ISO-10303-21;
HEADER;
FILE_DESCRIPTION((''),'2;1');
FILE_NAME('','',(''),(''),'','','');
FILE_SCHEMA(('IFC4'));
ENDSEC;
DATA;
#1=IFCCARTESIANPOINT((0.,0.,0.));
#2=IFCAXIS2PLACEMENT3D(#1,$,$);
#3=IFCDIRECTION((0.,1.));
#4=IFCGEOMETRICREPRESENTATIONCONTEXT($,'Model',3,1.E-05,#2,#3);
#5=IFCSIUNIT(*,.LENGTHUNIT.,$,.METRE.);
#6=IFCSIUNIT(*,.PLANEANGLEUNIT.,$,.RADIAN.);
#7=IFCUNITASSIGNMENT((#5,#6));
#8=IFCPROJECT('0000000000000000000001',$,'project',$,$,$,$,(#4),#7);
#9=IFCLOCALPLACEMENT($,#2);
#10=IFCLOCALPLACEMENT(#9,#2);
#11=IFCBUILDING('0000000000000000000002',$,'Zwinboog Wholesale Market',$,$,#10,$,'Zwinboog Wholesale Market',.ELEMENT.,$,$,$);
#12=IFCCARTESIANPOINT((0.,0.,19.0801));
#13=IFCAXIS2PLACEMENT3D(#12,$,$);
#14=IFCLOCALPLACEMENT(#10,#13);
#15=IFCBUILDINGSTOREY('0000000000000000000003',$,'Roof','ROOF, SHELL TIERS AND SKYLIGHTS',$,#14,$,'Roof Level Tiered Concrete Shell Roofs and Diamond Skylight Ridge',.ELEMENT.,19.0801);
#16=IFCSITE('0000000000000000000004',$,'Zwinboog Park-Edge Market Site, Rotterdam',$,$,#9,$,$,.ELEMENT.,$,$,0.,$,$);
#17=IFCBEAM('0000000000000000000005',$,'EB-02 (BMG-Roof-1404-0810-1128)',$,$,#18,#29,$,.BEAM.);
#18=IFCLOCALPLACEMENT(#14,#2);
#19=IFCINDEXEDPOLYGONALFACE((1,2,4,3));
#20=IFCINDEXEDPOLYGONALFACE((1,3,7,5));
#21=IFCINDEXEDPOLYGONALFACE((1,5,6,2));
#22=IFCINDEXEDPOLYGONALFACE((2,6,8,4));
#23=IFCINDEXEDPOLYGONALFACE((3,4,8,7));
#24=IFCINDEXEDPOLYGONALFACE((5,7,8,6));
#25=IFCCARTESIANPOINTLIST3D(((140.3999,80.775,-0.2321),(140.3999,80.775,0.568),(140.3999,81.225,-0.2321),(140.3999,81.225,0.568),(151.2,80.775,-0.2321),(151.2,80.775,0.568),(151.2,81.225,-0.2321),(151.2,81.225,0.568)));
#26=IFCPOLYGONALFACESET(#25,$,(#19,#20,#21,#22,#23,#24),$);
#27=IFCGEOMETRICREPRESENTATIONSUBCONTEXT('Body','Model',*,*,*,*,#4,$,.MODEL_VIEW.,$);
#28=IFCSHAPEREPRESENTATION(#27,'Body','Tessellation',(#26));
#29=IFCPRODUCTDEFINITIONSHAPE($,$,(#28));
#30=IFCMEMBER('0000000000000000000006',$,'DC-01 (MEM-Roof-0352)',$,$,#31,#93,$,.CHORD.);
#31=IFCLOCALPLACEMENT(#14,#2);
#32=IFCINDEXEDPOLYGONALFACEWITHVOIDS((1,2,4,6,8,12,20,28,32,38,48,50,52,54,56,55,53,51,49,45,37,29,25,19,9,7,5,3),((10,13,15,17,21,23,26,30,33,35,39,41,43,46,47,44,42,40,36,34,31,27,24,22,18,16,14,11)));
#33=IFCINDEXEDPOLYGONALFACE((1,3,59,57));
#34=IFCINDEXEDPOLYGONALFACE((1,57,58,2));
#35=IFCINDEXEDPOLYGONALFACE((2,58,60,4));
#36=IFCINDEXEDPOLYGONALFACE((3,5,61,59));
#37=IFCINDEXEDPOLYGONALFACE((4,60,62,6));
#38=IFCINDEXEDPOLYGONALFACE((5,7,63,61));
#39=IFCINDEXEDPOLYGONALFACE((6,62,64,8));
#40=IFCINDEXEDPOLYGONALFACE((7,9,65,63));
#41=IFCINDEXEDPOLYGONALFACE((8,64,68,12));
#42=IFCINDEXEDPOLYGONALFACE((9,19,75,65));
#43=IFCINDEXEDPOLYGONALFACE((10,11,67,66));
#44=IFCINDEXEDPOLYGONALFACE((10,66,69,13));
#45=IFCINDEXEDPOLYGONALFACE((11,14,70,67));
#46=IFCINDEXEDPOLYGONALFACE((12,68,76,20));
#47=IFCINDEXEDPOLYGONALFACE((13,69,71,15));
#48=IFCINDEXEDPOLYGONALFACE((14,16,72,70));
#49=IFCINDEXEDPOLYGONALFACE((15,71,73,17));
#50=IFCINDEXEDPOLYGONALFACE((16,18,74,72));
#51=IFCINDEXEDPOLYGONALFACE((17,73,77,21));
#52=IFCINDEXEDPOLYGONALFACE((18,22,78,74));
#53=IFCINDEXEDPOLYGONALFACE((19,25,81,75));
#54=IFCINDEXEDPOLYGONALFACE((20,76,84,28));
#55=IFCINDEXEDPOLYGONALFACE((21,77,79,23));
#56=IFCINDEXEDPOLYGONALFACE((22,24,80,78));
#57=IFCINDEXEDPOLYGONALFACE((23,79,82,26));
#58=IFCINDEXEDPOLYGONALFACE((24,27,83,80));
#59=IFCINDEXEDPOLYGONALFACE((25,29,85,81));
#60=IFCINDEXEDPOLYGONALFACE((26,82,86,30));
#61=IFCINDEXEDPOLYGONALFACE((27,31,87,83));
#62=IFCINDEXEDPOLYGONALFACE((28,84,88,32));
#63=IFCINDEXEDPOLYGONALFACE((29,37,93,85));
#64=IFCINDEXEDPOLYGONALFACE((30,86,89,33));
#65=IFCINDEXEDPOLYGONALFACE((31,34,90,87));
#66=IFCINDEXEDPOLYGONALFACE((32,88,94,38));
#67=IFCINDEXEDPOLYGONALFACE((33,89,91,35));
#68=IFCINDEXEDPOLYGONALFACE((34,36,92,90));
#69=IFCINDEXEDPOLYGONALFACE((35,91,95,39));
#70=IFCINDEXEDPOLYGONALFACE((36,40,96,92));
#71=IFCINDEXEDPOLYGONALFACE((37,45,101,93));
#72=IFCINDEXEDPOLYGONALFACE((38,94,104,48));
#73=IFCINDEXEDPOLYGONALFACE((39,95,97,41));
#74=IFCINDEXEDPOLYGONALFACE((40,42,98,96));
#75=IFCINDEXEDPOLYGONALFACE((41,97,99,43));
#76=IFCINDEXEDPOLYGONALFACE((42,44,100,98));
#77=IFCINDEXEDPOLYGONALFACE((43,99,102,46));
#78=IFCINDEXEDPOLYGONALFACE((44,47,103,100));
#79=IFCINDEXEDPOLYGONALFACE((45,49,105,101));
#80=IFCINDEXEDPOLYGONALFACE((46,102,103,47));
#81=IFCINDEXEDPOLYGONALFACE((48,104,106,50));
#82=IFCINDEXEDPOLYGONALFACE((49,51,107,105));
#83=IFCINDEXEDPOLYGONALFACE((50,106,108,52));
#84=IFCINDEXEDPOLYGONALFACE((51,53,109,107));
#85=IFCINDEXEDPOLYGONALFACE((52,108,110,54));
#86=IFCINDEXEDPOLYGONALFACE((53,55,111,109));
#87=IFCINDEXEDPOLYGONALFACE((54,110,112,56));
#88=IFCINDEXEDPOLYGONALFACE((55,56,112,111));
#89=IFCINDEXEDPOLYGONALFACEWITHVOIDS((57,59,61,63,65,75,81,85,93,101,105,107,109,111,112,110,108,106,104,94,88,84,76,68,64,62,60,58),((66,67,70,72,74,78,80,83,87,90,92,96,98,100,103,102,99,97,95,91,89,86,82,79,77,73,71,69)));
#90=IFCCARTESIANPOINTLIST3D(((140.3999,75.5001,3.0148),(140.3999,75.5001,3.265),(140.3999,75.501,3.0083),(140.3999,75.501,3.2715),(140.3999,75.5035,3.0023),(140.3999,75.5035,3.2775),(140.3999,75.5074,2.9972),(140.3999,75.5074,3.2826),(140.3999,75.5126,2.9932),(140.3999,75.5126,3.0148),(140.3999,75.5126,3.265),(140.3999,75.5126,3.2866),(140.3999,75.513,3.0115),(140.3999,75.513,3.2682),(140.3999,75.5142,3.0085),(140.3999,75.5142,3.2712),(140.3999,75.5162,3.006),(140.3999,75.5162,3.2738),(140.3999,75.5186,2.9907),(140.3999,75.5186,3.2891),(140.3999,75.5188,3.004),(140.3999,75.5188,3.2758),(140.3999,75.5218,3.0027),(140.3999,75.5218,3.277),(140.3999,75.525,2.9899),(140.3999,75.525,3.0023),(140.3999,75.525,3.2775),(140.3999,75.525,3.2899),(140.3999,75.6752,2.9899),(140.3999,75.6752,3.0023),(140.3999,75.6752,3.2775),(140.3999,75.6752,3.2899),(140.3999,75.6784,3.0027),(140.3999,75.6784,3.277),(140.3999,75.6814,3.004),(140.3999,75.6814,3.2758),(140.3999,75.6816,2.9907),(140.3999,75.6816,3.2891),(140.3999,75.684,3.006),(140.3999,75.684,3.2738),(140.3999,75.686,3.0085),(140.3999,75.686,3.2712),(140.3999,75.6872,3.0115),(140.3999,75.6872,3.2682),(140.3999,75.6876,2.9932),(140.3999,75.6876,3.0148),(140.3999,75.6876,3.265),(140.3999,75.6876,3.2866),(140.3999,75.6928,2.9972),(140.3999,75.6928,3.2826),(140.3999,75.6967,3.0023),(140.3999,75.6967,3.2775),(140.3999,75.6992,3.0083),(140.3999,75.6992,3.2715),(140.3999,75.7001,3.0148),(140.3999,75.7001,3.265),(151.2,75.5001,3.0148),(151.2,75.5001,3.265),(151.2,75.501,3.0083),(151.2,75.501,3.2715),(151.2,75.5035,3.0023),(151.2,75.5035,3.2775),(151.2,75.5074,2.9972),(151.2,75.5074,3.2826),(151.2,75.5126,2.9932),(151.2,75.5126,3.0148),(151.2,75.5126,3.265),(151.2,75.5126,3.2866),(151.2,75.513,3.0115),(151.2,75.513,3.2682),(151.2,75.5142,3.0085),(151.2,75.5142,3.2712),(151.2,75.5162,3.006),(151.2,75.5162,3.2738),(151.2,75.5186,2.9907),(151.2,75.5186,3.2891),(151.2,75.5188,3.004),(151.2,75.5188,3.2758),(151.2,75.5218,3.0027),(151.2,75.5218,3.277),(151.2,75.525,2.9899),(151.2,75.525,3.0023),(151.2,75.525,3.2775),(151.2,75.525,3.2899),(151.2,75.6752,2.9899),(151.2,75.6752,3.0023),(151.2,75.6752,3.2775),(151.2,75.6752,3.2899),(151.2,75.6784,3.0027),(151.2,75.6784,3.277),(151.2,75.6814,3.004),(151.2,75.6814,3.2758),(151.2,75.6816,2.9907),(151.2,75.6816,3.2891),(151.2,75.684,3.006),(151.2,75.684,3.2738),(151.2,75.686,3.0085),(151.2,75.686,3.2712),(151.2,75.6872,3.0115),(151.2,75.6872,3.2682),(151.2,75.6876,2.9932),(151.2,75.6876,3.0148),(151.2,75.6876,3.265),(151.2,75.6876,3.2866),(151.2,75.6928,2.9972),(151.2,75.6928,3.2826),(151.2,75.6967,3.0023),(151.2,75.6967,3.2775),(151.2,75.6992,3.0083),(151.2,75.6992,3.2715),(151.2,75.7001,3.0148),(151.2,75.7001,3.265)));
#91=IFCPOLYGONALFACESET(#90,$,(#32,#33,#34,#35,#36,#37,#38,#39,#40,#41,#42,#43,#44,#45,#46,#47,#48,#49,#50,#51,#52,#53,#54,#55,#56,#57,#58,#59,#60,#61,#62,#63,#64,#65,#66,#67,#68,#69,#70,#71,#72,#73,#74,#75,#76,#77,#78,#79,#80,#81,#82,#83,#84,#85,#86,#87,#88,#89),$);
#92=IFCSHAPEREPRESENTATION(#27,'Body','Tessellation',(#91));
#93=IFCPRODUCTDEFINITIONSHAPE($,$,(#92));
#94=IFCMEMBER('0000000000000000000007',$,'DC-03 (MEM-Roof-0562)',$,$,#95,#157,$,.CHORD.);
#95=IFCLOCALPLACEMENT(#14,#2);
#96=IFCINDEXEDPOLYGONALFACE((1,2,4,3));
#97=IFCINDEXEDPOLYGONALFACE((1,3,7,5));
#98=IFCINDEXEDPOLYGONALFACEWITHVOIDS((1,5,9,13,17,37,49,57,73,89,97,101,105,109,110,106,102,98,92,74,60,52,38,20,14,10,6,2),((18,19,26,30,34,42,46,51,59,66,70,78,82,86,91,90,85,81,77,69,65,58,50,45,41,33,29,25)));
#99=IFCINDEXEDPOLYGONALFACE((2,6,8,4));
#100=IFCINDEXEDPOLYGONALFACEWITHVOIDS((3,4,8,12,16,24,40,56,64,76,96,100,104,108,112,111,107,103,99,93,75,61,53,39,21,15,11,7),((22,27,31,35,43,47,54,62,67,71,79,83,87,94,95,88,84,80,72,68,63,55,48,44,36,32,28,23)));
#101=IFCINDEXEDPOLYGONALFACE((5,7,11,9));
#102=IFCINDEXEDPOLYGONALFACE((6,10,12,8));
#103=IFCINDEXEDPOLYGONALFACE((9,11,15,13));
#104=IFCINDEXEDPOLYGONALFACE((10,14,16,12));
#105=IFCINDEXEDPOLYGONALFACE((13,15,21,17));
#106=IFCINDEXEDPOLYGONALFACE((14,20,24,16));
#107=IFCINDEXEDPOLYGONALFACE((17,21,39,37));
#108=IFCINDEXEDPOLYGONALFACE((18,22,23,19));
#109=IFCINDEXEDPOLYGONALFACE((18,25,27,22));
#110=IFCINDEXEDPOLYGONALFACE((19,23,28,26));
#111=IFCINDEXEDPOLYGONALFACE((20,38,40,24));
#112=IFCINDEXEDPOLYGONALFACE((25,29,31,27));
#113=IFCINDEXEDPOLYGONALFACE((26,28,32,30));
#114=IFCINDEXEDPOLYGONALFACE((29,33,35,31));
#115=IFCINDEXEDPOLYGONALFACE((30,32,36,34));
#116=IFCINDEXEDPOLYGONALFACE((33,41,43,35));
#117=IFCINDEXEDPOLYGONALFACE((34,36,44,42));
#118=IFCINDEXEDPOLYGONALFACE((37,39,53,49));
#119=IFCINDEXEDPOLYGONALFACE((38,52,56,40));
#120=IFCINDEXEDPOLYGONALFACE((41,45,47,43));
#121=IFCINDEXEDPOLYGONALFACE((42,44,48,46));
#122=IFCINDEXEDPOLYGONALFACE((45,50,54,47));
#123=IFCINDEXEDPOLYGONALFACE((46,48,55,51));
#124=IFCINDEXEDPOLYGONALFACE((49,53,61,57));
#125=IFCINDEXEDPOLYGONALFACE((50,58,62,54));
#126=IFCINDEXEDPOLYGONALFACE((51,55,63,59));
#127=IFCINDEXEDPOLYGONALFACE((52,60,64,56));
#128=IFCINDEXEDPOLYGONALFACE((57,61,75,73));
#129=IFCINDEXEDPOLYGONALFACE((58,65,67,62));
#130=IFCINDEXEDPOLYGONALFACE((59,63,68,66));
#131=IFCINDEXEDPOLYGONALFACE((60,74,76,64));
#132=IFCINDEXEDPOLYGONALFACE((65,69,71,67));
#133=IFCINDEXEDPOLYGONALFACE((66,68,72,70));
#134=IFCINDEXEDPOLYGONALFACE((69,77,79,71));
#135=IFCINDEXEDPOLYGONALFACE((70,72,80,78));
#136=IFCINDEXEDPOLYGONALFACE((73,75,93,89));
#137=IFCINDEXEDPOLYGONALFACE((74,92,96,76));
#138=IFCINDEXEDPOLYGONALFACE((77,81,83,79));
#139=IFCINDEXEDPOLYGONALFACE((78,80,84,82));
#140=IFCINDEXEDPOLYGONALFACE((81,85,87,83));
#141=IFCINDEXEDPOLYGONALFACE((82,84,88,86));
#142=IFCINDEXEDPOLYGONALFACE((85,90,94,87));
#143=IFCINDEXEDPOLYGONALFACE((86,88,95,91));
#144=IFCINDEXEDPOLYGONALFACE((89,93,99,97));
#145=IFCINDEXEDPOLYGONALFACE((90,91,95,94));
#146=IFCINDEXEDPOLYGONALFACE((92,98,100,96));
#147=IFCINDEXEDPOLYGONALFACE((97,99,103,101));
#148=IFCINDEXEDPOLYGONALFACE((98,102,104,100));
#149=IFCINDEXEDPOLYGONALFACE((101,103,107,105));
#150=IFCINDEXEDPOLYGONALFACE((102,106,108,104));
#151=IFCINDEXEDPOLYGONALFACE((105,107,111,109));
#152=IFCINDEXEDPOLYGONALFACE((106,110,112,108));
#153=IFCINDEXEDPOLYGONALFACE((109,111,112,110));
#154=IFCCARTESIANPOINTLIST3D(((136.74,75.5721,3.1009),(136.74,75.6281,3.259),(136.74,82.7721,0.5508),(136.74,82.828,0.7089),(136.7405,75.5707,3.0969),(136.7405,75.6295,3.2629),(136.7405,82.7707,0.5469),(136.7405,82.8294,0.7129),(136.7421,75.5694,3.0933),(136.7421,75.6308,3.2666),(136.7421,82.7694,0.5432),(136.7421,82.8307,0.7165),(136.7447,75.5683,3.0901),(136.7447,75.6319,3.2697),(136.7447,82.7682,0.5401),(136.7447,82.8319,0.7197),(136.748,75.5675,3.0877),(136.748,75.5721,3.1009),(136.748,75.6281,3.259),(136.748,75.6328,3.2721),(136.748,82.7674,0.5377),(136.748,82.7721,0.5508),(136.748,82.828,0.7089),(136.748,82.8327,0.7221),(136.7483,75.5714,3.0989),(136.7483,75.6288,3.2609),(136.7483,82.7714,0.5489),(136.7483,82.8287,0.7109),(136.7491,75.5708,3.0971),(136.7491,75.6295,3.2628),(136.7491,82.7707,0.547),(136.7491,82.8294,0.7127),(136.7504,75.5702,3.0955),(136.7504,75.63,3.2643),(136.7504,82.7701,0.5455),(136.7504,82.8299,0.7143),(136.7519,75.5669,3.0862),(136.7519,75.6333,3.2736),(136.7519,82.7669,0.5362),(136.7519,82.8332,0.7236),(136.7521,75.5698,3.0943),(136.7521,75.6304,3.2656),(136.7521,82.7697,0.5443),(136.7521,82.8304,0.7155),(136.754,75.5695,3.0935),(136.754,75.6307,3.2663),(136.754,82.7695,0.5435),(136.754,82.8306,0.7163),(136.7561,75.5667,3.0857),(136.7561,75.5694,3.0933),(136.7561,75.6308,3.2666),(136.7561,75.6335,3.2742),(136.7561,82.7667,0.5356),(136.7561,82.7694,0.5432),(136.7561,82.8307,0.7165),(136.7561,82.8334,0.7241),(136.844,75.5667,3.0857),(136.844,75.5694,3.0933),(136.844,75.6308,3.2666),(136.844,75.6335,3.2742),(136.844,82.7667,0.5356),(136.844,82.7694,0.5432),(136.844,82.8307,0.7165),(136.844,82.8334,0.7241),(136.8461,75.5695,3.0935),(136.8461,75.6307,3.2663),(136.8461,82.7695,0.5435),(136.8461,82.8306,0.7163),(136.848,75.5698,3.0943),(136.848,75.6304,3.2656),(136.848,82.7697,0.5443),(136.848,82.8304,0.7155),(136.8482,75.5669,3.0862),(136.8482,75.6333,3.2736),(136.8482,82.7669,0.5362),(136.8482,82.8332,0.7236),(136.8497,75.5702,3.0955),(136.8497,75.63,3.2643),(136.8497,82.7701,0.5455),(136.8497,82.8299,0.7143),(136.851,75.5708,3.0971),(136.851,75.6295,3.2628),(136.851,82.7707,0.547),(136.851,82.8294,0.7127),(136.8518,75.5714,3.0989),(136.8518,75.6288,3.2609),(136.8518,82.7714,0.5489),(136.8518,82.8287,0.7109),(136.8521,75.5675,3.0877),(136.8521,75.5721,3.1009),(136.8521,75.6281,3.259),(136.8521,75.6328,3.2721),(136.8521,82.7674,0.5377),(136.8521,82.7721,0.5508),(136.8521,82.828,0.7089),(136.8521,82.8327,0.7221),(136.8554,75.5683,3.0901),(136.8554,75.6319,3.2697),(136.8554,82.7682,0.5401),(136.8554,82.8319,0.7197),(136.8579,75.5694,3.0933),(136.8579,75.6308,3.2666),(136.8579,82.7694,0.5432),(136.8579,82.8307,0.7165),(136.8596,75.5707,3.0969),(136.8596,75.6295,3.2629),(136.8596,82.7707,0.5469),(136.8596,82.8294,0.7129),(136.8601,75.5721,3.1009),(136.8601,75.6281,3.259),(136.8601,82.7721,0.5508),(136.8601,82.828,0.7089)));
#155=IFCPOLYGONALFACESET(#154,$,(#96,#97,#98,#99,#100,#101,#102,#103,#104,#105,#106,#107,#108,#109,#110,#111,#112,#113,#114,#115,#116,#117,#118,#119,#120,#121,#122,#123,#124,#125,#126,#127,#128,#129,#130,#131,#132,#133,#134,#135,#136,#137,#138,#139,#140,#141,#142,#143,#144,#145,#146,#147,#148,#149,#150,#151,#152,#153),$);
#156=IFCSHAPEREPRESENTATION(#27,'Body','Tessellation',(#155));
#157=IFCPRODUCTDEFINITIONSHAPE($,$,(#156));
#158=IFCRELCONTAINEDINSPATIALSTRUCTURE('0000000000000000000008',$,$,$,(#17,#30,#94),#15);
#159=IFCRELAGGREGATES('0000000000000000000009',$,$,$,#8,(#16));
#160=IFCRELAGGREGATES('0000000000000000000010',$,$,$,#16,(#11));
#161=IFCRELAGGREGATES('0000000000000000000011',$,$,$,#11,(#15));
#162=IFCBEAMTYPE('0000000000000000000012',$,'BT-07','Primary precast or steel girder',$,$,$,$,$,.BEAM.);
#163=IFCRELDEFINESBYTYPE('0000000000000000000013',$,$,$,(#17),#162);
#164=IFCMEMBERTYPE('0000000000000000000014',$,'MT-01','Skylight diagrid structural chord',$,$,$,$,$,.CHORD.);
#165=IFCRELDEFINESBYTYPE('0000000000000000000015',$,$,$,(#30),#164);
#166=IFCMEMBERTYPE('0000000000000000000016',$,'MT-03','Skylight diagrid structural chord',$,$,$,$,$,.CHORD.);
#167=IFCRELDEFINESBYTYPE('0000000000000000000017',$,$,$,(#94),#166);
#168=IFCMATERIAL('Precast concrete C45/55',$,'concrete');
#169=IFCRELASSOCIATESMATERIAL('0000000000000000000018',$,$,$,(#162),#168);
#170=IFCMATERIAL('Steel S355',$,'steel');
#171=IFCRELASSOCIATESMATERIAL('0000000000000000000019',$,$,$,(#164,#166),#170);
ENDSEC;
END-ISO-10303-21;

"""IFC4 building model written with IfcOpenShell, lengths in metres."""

from ifc_helpers import new_model, si_unit, direction, frame, origin, origin_2d, place, context, subcontext, project, spatial, rectangle, hollow_rectangle, extrude, material, material_profile, profile_set, type_object, element, save


model = new_model("IFC4")

# Units and contexts
model_context = context("Model", 3, precision=1e-05, world=origin(), true_north=direction((0.0, 1.0)))
body_context = subcontext(model_context, "Body", "Model", "MODEL_VIEW")
ifc_project = project(units=[si_unit("LENGTHUNIT", "METRE"), si_unit("PLANEANGLEUNIT", "RADIAN")], contexts=[model_context])

# Site, building, storey
site_placement = place(None, origin())
site = spatial("IfcSite", under=ifc_project, at=site_placement, Name="Zwinboog Park-Edge Market Site, Rotterdam", CompositionType="ELEMENT", RefElevation=0.0)
building_placement = place(site_placement, origin())
building = spatial("IfcBuilding", under=site, at=building_placement, Name="Zwinboog Wholesale Market", LongName="Zwinboog Wholesale Market", CompositionType="ELEMENT")
storey_placement = place(building_placement, frame((0.0, 0.0, 19.0801)))
storey = spatial("IfcBuildingStorey", under=building, at=storey_placement, Name="Roof", Description="ROOF, SHELL TIERS AND SKYLIGHTS", LongName="Roof Level Tiered Concrete Shell Roofs and Diamond Skylight Ridge", CompositionType="ELEMENT", Elevation=19.0801)

# Beam
ifc_material_1 = material(Name="Precast concrete C45/55", Category="concrete")
ifc_material_profile_1 = material_profile(ifc_material_1, rectangle(XDim=0.45, YDim=0.8, at=origin_2d()), Name="PC 450x800")
ifc_profile_set_1 = profile_set([ifc_material_profile_1], Name="Precast concrete C45/55")
beam_type = type_object("IfcBeamType", Name="BT-07", Description="Primary precast or steel girder", PredefinedType="BEAM", material=ifc_profile_set_1)
beam_placement = place(storey_placement, frame((140.3999, 81.0, 0.168), z_axis=(1.0, 0.0, 0.0), x_axis=(0.0, 1.0, 0.0)))
element("IfcBeam", 1, at=beam_placement, inside=storey, type_object=beam_type, Name="EB-02 (BMG-Roof-1404-0810-1128)", PredefinedType="BEAM", context=body_context, shape_type="SweptSolid", body=[
    extrude(rectangle(XDim=0.45, YDim=0.8, at=origin_2d()), origin(), (0.0, 0.0, 1.0), 10.8),
])

# Members
ifc_material_2 = material(Name="Steel S355", Category="steel")
ifc_material_profile_2 = material_profile(ifc_material_2, hollow_rectangle(XDim=0.2, YDim=0.3, WallThickness=0.0125, InnerFilletRadius=0.0125, OuterFilletRadius=0.0249, at=origin_2d()), Name="RHS 300x200x12.5")
ifc_profile_set_2 = profile_set([ifc_material_profile_2], Name="Steel S355")
member_type_1 = type_object("IfcMemberType", Name="MT-01", Description="Skylight diagrid structural chord", PredefinedType="CHORD", material=ifc_profile_set_2)
member_1_placement = place(storey_placement, frame((140.3999, 75.6001, 3.1399), z_axis=(1.0, 0.0, 0.0), x_axis=(0.0, 1.0, 0.0)))
element("IfcMember", 2, at=member_1_placement, inside=storey, type_object=member_type_1, Name="DC-01 (MEM-Roof-0352)", PredefinedType="CHORD", context=body_context, shape_type="SweptSolid", body=[
    extrude(hollow_rectangle(XDim=0.2, YDim=0.3, WallThickness=0.0125, InnerFilletRadius=0.0125, OuterFilletRadius=0.0249, at=origin_2d()), origin(), (0.0, 0.0, 1.0), 10.8),
])
ifc_material_profile_3 = material_profile(ifc_material_2, hollow_rectangle(XDim=0.1201, YDim=0.2, WallThickness=0.0081, InnerFilletRadius=0.0081, OuterFilletRadius=0.0161, at=origin_2d()), Name="RHS 200x120x8")
ifc_profile_set_3 = profile_set([ifc_material_profile_3], Name="Steel S355")
member_type_2 = type_object("IfcMemberType", Name="MT-03", Description="Skylight diagrid structural chord", PredefinedType="CHORD", material=ifc_profile_set_3)
member_2_placement = place(storey_placement, frame((136.8, 82.8, 0.6299), z_axis=(0.0, -0.942625, 0.333855), x_axis=(1.0, 0.0, 0.0)))
element("IfcMember", 3, at=member_2_placement, inside=storey, type_object=member_type_2, Name="DC-03 (MEM-Roof-0562)", PredefinedType="CHORD", context=body_context, shape_type="SweptSolid", body=[
    extrude(hollow_rectangle(XDim=0.1201, YDim=0.2, WallThickness=0.0081, InnerFilletRadius=0.0081, OuterFilletRadius=0.0161, at=origin_2d()), origin(), (0.0, 0.0, 1.0), 7.6382),
])

save(model, "model.ifc")
